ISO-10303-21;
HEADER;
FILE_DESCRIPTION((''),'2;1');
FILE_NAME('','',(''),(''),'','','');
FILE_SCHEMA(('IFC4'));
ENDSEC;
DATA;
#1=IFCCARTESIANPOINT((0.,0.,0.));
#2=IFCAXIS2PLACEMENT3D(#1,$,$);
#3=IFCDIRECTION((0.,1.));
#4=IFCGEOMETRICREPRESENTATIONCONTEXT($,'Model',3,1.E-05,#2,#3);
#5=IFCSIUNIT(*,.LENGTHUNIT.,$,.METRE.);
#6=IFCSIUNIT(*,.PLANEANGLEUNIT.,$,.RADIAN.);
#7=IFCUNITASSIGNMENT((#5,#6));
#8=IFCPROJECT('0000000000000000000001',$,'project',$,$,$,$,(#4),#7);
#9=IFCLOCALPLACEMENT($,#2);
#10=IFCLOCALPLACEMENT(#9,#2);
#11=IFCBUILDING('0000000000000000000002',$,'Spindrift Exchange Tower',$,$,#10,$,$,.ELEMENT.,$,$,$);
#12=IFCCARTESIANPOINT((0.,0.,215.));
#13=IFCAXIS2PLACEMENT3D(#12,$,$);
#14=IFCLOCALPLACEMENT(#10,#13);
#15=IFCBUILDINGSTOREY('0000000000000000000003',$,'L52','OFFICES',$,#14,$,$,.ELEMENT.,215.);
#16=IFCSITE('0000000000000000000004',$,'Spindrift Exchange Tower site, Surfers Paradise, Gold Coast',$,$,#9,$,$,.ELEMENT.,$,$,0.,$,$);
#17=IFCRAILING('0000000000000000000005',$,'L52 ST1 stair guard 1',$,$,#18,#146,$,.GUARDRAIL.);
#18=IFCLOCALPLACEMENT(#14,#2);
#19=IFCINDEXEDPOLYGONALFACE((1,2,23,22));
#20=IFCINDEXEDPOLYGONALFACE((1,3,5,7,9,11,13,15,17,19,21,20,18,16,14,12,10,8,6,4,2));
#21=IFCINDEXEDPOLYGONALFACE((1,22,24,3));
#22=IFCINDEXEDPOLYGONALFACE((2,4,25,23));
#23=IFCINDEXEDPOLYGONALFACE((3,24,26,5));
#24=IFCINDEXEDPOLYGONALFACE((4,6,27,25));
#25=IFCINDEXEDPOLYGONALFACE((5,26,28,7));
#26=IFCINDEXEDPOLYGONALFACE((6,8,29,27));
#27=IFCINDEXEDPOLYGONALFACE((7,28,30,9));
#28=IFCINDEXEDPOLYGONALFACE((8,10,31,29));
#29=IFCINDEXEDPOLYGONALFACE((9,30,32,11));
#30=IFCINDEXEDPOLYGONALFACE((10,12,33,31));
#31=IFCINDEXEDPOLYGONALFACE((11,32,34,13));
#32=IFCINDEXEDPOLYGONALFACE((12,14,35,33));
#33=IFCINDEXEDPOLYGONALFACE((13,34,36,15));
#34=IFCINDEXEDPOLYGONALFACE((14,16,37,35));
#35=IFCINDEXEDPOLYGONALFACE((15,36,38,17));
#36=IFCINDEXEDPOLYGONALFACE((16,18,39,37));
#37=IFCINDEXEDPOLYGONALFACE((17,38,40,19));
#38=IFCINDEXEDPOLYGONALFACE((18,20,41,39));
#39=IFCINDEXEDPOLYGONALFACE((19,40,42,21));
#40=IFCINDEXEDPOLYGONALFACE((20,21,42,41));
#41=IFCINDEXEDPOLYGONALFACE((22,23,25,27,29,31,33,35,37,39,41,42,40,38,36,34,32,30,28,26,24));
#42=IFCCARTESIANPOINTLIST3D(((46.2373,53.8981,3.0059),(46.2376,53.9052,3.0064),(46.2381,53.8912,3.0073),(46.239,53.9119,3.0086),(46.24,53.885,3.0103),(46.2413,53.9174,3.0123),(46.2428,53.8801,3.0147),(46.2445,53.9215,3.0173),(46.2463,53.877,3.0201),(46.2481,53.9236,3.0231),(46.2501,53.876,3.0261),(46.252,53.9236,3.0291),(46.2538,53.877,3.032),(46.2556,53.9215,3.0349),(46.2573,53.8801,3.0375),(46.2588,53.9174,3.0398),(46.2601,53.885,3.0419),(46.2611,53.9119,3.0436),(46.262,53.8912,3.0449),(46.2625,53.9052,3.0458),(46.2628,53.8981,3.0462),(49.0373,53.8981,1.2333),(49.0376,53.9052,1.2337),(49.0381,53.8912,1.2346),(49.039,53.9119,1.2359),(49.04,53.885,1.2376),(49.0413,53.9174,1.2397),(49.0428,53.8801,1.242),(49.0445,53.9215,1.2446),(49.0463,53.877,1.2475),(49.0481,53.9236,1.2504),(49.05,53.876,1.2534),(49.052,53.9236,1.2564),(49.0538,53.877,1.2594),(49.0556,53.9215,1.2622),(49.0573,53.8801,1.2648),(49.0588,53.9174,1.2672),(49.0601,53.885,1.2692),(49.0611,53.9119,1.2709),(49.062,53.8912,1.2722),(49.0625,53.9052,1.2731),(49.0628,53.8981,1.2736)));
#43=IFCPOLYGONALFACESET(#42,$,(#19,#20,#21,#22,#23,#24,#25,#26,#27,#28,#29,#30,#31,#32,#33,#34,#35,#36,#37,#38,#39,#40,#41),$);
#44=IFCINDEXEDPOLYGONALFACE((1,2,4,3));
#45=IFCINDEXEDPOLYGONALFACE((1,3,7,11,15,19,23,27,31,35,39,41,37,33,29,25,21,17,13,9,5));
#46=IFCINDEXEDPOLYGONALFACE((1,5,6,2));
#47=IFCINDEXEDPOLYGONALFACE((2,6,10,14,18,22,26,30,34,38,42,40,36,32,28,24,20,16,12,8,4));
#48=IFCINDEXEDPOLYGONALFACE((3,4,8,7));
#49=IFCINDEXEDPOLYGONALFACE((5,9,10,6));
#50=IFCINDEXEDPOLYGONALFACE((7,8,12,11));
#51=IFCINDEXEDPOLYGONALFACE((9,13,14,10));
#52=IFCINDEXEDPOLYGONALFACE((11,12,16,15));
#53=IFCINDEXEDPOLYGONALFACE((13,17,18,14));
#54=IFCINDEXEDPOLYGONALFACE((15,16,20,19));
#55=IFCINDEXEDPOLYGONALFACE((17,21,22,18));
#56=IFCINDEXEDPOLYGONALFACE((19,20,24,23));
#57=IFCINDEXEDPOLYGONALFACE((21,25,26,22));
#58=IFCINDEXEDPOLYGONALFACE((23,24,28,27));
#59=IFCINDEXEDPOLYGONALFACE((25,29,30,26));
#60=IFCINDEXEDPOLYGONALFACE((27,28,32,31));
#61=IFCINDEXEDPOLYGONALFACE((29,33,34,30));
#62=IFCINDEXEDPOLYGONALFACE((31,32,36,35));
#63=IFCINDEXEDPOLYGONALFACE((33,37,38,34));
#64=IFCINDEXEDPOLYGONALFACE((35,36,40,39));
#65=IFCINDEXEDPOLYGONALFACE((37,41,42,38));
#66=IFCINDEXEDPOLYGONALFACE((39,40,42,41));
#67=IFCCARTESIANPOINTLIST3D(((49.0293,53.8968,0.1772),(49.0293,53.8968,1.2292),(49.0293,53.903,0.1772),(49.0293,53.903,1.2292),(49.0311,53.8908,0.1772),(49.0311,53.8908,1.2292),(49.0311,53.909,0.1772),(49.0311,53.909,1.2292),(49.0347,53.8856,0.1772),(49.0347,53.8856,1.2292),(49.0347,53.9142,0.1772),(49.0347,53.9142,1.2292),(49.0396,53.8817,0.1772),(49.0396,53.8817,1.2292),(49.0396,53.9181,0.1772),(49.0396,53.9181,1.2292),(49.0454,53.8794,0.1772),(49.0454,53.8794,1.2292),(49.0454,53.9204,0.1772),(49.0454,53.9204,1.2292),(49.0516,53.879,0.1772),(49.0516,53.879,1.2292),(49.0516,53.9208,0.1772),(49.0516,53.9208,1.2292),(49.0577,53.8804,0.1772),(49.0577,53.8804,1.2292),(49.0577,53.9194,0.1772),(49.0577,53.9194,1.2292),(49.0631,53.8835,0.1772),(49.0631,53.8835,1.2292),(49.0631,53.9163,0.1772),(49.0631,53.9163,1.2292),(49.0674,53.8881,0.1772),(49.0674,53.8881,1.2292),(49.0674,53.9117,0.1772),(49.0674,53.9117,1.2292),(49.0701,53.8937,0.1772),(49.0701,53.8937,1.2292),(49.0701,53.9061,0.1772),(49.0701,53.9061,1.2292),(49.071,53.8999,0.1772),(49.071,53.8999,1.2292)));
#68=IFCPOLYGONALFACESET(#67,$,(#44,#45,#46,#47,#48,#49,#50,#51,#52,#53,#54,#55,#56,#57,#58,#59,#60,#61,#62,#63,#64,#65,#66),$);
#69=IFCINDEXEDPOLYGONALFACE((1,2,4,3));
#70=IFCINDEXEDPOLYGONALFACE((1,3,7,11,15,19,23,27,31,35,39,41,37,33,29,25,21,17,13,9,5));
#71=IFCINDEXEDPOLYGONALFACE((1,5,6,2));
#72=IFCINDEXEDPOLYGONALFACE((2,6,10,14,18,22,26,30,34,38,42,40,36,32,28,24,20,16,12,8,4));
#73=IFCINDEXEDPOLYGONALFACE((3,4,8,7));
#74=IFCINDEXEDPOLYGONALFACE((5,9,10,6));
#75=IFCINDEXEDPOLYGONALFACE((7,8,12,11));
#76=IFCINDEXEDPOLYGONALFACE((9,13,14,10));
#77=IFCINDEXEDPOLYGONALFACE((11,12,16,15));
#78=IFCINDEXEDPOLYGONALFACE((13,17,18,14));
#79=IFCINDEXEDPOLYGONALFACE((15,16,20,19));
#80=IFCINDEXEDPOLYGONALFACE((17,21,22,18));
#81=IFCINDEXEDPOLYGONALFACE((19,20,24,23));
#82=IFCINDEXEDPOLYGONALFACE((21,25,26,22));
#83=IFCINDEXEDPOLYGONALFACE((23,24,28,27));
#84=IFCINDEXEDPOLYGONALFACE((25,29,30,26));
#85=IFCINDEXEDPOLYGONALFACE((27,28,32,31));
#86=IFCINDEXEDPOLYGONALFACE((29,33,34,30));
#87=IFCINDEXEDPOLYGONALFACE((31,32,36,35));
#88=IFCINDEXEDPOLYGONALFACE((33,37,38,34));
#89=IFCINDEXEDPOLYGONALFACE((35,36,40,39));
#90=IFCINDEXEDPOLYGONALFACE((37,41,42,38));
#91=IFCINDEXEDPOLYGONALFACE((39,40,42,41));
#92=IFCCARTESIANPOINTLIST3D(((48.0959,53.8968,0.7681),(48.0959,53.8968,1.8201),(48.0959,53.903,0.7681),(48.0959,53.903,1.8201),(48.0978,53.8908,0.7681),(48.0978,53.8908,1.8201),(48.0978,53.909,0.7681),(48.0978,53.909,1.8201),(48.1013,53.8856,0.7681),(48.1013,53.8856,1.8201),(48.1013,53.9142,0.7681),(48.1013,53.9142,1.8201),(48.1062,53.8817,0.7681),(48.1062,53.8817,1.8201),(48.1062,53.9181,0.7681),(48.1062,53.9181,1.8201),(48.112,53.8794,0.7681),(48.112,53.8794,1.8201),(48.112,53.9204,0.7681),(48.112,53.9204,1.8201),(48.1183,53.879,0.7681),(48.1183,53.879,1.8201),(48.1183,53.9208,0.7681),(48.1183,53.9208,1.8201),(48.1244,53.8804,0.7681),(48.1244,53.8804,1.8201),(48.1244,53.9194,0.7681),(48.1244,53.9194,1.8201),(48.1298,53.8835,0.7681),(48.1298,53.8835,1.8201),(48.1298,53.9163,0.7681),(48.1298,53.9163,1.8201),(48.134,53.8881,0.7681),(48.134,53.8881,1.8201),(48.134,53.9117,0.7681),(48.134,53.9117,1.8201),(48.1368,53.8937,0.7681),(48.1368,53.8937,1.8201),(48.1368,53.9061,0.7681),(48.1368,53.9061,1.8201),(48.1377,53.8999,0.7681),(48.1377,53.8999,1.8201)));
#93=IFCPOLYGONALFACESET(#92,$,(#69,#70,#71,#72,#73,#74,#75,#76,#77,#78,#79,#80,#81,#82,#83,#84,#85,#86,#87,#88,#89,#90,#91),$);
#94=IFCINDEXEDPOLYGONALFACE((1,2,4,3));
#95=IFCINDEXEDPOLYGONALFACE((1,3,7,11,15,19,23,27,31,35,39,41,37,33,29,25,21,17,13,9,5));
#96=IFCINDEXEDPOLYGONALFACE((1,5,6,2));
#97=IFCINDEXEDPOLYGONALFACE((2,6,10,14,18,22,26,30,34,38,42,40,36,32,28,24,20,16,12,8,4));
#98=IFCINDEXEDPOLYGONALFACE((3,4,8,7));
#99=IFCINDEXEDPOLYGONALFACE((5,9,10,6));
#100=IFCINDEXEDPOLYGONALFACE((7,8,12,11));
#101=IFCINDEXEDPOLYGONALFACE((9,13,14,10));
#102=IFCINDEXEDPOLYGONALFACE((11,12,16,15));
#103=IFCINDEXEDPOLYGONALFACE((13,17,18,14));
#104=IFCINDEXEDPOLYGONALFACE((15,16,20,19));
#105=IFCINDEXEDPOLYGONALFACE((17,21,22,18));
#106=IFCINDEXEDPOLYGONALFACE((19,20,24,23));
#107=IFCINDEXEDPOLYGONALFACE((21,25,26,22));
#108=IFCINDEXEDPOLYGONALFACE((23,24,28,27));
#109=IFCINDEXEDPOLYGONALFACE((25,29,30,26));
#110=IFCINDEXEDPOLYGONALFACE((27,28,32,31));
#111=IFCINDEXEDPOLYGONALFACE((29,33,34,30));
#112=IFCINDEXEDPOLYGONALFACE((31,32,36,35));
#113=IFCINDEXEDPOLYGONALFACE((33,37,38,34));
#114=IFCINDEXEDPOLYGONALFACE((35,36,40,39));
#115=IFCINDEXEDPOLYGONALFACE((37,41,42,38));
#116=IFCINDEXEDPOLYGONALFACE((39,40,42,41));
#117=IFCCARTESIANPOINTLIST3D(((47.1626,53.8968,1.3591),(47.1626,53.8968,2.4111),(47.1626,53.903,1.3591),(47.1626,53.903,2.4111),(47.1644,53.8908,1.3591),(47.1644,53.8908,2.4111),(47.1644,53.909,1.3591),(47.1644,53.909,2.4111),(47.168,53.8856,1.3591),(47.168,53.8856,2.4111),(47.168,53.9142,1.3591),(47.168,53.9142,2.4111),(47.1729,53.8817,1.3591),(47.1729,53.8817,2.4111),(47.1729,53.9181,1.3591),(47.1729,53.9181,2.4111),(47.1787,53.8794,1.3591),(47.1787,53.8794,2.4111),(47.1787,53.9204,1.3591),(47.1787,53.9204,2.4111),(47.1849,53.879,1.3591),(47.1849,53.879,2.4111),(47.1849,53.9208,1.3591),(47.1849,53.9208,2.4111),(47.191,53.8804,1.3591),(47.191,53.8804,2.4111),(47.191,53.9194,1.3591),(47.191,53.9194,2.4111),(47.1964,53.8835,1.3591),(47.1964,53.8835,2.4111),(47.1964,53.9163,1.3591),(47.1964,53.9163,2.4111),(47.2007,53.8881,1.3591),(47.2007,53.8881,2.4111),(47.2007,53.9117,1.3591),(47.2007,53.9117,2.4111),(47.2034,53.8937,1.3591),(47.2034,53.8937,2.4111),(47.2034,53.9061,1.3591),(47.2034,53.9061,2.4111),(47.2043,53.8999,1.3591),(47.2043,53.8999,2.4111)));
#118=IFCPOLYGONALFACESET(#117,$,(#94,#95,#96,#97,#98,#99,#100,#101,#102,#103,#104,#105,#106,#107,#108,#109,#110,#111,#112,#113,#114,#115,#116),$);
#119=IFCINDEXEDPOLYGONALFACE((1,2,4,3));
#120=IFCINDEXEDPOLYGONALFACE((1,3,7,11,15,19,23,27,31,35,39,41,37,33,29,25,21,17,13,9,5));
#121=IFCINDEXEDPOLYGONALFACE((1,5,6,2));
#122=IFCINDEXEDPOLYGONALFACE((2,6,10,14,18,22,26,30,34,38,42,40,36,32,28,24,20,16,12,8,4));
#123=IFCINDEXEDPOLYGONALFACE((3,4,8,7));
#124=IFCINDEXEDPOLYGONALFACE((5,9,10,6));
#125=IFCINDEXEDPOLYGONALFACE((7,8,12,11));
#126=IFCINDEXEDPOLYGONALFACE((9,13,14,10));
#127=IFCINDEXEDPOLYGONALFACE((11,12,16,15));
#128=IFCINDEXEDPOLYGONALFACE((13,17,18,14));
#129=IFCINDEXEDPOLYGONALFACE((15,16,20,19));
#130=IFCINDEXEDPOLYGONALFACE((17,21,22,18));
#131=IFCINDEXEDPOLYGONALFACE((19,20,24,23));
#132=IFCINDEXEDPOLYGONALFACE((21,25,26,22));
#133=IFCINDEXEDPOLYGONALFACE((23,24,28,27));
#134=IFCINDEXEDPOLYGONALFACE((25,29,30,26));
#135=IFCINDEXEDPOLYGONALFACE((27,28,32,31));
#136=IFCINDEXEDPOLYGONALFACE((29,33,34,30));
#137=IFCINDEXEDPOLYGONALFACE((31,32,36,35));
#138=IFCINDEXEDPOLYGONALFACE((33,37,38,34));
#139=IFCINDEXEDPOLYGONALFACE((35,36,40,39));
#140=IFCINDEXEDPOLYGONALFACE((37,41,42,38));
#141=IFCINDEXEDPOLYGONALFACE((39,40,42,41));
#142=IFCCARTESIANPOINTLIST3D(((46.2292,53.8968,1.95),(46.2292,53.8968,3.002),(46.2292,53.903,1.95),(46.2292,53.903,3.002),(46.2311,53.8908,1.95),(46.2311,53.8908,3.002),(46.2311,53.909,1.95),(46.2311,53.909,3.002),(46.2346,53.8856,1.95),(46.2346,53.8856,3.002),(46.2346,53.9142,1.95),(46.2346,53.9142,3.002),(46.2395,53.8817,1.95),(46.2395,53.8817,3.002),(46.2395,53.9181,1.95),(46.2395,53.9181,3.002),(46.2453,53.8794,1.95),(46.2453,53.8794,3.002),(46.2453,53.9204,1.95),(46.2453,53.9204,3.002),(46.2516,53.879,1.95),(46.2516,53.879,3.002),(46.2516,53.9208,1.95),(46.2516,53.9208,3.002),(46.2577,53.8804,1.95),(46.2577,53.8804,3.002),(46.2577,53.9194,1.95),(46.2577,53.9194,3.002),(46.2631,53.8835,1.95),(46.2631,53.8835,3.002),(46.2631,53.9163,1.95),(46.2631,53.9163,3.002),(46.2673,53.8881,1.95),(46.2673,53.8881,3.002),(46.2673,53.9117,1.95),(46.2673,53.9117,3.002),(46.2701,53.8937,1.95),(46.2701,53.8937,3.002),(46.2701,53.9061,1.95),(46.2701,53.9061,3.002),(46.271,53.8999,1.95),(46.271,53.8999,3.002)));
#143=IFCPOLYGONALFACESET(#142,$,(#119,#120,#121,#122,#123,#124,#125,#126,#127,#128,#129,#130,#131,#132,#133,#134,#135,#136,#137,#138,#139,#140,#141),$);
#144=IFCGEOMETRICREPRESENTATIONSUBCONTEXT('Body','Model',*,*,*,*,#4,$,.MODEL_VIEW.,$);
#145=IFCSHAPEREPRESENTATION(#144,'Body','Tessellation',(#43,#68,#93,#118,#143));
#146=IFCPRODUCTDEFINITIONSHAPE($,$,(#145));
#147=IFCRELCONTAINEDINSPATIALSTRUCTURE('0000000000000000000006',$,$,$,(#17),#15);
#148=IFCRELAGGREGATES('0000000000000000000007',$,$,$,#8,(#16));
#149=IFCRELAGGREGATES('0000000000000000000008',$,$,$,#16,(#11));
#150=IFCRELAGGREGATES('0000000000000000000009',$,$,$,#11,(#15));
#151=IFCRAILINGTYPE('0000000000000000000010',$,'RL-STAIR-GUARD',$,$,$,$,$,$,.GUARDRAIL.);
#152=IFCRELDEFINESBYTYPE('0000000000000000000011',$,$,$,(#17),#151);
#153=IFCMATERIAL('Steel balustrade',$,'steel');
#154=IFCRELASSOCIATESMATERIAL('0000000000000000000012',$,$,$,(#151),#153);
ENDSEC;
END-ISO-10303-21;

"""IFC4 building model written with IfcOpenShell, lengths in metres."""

from ifc_helpers import new_model, si_unit, direction, frame, origin, origin_2d, place, context, subcontext, project, spatial, circle, extrude, material, type_object, element, save


model = new_model("IFC4")

# Units and contexts
model_context = context("Model", 3, precision=1e-05, world=origin(), true_north=direction((0.0, 1.0)))
body_context = subcontext(model_context, "Body", "Model", "MODEL_VIEW")
ifc_project = project(units=[si_unit("LENGTHUNIT", "METRE"), si_unit("PLANEANGLEUNIT", "RADIAN")], contexts=[model_context])

# Site, building, storey
site_placement = place(None, origin())
site = spatial("IfcSite", under=ifc_project, at=site_placement, Name="Spindrift Exchange Tower site, Surfers Paradise, Gold Coast", CompositionType="ELEMENT", RefElevation=0.0)
building_placement = place(site_placement, origin())
building = spatial("IfcBuilding", under=site, at=building_placement, Name="Spindrift Exchange Tower", CompositionType="ELEMENT")
storey_placement = place(building_placement, frame((0.0, 0.0, 215.0)))
storey = spatial("IfcBuildingStorey", under=building, at=storey_placement, Name="L52", Description="OFFICES", CompositionType="ELEMENT", Elevation=215.0)

# Railing
ifc_material_1 = material(Name="Steel balustrade", Category="steel")
railing_type_1 = type_object("IfcRailingType", Name="RL-STAIR-GUARD", PredefinedType="GUARDRAIL", material=ifc_material_1)
railing_1_placement = place(storey_placement, frame((49.05, 53.8999, 0.1772)))
element("IfcRailing", 1, at=railing_1_placement, inside=storey, type_object=railing_type_1, Name="L52 ST1 stair guard 1", PredefinedType="GUARDRAIL", context=body_context, shape_type="SweptSolid", body=[
    extrude(circle(Radius=0.0239, at=origin_2d()), frame((0.0, 0.0, 1.0762), z_axis=(-0.844909, 0.0, 0.53491), x_axis=(0.0, -1.0, 0.0)), (0.0, 0.0, 1.0), 3.314),
    extrude(circle(Radius=0.021, at=origin_2d()), origin(), (0.0, 0.0, 1.0), 1.052),
    extrude(circle(Radius=0.021, at=origin_2d()), frame((-0.9333, 0.0, 0.5908)), (0.0, 0.0, 1.0), 1.052),
    extrude(circle(Radius=0.021, at=origin_2d()), frame((-1.8667, 0.0, 1.1819)), (0.0, 0.0, 1.0), 1.052),
    extrude(circle(Radius=0.021, at=origin_2d()), frame((-2.8, 0.0, 1.7727)), (0.0, 0.0, 1.0), 1.052),
])

save(model, "model.ifc")
